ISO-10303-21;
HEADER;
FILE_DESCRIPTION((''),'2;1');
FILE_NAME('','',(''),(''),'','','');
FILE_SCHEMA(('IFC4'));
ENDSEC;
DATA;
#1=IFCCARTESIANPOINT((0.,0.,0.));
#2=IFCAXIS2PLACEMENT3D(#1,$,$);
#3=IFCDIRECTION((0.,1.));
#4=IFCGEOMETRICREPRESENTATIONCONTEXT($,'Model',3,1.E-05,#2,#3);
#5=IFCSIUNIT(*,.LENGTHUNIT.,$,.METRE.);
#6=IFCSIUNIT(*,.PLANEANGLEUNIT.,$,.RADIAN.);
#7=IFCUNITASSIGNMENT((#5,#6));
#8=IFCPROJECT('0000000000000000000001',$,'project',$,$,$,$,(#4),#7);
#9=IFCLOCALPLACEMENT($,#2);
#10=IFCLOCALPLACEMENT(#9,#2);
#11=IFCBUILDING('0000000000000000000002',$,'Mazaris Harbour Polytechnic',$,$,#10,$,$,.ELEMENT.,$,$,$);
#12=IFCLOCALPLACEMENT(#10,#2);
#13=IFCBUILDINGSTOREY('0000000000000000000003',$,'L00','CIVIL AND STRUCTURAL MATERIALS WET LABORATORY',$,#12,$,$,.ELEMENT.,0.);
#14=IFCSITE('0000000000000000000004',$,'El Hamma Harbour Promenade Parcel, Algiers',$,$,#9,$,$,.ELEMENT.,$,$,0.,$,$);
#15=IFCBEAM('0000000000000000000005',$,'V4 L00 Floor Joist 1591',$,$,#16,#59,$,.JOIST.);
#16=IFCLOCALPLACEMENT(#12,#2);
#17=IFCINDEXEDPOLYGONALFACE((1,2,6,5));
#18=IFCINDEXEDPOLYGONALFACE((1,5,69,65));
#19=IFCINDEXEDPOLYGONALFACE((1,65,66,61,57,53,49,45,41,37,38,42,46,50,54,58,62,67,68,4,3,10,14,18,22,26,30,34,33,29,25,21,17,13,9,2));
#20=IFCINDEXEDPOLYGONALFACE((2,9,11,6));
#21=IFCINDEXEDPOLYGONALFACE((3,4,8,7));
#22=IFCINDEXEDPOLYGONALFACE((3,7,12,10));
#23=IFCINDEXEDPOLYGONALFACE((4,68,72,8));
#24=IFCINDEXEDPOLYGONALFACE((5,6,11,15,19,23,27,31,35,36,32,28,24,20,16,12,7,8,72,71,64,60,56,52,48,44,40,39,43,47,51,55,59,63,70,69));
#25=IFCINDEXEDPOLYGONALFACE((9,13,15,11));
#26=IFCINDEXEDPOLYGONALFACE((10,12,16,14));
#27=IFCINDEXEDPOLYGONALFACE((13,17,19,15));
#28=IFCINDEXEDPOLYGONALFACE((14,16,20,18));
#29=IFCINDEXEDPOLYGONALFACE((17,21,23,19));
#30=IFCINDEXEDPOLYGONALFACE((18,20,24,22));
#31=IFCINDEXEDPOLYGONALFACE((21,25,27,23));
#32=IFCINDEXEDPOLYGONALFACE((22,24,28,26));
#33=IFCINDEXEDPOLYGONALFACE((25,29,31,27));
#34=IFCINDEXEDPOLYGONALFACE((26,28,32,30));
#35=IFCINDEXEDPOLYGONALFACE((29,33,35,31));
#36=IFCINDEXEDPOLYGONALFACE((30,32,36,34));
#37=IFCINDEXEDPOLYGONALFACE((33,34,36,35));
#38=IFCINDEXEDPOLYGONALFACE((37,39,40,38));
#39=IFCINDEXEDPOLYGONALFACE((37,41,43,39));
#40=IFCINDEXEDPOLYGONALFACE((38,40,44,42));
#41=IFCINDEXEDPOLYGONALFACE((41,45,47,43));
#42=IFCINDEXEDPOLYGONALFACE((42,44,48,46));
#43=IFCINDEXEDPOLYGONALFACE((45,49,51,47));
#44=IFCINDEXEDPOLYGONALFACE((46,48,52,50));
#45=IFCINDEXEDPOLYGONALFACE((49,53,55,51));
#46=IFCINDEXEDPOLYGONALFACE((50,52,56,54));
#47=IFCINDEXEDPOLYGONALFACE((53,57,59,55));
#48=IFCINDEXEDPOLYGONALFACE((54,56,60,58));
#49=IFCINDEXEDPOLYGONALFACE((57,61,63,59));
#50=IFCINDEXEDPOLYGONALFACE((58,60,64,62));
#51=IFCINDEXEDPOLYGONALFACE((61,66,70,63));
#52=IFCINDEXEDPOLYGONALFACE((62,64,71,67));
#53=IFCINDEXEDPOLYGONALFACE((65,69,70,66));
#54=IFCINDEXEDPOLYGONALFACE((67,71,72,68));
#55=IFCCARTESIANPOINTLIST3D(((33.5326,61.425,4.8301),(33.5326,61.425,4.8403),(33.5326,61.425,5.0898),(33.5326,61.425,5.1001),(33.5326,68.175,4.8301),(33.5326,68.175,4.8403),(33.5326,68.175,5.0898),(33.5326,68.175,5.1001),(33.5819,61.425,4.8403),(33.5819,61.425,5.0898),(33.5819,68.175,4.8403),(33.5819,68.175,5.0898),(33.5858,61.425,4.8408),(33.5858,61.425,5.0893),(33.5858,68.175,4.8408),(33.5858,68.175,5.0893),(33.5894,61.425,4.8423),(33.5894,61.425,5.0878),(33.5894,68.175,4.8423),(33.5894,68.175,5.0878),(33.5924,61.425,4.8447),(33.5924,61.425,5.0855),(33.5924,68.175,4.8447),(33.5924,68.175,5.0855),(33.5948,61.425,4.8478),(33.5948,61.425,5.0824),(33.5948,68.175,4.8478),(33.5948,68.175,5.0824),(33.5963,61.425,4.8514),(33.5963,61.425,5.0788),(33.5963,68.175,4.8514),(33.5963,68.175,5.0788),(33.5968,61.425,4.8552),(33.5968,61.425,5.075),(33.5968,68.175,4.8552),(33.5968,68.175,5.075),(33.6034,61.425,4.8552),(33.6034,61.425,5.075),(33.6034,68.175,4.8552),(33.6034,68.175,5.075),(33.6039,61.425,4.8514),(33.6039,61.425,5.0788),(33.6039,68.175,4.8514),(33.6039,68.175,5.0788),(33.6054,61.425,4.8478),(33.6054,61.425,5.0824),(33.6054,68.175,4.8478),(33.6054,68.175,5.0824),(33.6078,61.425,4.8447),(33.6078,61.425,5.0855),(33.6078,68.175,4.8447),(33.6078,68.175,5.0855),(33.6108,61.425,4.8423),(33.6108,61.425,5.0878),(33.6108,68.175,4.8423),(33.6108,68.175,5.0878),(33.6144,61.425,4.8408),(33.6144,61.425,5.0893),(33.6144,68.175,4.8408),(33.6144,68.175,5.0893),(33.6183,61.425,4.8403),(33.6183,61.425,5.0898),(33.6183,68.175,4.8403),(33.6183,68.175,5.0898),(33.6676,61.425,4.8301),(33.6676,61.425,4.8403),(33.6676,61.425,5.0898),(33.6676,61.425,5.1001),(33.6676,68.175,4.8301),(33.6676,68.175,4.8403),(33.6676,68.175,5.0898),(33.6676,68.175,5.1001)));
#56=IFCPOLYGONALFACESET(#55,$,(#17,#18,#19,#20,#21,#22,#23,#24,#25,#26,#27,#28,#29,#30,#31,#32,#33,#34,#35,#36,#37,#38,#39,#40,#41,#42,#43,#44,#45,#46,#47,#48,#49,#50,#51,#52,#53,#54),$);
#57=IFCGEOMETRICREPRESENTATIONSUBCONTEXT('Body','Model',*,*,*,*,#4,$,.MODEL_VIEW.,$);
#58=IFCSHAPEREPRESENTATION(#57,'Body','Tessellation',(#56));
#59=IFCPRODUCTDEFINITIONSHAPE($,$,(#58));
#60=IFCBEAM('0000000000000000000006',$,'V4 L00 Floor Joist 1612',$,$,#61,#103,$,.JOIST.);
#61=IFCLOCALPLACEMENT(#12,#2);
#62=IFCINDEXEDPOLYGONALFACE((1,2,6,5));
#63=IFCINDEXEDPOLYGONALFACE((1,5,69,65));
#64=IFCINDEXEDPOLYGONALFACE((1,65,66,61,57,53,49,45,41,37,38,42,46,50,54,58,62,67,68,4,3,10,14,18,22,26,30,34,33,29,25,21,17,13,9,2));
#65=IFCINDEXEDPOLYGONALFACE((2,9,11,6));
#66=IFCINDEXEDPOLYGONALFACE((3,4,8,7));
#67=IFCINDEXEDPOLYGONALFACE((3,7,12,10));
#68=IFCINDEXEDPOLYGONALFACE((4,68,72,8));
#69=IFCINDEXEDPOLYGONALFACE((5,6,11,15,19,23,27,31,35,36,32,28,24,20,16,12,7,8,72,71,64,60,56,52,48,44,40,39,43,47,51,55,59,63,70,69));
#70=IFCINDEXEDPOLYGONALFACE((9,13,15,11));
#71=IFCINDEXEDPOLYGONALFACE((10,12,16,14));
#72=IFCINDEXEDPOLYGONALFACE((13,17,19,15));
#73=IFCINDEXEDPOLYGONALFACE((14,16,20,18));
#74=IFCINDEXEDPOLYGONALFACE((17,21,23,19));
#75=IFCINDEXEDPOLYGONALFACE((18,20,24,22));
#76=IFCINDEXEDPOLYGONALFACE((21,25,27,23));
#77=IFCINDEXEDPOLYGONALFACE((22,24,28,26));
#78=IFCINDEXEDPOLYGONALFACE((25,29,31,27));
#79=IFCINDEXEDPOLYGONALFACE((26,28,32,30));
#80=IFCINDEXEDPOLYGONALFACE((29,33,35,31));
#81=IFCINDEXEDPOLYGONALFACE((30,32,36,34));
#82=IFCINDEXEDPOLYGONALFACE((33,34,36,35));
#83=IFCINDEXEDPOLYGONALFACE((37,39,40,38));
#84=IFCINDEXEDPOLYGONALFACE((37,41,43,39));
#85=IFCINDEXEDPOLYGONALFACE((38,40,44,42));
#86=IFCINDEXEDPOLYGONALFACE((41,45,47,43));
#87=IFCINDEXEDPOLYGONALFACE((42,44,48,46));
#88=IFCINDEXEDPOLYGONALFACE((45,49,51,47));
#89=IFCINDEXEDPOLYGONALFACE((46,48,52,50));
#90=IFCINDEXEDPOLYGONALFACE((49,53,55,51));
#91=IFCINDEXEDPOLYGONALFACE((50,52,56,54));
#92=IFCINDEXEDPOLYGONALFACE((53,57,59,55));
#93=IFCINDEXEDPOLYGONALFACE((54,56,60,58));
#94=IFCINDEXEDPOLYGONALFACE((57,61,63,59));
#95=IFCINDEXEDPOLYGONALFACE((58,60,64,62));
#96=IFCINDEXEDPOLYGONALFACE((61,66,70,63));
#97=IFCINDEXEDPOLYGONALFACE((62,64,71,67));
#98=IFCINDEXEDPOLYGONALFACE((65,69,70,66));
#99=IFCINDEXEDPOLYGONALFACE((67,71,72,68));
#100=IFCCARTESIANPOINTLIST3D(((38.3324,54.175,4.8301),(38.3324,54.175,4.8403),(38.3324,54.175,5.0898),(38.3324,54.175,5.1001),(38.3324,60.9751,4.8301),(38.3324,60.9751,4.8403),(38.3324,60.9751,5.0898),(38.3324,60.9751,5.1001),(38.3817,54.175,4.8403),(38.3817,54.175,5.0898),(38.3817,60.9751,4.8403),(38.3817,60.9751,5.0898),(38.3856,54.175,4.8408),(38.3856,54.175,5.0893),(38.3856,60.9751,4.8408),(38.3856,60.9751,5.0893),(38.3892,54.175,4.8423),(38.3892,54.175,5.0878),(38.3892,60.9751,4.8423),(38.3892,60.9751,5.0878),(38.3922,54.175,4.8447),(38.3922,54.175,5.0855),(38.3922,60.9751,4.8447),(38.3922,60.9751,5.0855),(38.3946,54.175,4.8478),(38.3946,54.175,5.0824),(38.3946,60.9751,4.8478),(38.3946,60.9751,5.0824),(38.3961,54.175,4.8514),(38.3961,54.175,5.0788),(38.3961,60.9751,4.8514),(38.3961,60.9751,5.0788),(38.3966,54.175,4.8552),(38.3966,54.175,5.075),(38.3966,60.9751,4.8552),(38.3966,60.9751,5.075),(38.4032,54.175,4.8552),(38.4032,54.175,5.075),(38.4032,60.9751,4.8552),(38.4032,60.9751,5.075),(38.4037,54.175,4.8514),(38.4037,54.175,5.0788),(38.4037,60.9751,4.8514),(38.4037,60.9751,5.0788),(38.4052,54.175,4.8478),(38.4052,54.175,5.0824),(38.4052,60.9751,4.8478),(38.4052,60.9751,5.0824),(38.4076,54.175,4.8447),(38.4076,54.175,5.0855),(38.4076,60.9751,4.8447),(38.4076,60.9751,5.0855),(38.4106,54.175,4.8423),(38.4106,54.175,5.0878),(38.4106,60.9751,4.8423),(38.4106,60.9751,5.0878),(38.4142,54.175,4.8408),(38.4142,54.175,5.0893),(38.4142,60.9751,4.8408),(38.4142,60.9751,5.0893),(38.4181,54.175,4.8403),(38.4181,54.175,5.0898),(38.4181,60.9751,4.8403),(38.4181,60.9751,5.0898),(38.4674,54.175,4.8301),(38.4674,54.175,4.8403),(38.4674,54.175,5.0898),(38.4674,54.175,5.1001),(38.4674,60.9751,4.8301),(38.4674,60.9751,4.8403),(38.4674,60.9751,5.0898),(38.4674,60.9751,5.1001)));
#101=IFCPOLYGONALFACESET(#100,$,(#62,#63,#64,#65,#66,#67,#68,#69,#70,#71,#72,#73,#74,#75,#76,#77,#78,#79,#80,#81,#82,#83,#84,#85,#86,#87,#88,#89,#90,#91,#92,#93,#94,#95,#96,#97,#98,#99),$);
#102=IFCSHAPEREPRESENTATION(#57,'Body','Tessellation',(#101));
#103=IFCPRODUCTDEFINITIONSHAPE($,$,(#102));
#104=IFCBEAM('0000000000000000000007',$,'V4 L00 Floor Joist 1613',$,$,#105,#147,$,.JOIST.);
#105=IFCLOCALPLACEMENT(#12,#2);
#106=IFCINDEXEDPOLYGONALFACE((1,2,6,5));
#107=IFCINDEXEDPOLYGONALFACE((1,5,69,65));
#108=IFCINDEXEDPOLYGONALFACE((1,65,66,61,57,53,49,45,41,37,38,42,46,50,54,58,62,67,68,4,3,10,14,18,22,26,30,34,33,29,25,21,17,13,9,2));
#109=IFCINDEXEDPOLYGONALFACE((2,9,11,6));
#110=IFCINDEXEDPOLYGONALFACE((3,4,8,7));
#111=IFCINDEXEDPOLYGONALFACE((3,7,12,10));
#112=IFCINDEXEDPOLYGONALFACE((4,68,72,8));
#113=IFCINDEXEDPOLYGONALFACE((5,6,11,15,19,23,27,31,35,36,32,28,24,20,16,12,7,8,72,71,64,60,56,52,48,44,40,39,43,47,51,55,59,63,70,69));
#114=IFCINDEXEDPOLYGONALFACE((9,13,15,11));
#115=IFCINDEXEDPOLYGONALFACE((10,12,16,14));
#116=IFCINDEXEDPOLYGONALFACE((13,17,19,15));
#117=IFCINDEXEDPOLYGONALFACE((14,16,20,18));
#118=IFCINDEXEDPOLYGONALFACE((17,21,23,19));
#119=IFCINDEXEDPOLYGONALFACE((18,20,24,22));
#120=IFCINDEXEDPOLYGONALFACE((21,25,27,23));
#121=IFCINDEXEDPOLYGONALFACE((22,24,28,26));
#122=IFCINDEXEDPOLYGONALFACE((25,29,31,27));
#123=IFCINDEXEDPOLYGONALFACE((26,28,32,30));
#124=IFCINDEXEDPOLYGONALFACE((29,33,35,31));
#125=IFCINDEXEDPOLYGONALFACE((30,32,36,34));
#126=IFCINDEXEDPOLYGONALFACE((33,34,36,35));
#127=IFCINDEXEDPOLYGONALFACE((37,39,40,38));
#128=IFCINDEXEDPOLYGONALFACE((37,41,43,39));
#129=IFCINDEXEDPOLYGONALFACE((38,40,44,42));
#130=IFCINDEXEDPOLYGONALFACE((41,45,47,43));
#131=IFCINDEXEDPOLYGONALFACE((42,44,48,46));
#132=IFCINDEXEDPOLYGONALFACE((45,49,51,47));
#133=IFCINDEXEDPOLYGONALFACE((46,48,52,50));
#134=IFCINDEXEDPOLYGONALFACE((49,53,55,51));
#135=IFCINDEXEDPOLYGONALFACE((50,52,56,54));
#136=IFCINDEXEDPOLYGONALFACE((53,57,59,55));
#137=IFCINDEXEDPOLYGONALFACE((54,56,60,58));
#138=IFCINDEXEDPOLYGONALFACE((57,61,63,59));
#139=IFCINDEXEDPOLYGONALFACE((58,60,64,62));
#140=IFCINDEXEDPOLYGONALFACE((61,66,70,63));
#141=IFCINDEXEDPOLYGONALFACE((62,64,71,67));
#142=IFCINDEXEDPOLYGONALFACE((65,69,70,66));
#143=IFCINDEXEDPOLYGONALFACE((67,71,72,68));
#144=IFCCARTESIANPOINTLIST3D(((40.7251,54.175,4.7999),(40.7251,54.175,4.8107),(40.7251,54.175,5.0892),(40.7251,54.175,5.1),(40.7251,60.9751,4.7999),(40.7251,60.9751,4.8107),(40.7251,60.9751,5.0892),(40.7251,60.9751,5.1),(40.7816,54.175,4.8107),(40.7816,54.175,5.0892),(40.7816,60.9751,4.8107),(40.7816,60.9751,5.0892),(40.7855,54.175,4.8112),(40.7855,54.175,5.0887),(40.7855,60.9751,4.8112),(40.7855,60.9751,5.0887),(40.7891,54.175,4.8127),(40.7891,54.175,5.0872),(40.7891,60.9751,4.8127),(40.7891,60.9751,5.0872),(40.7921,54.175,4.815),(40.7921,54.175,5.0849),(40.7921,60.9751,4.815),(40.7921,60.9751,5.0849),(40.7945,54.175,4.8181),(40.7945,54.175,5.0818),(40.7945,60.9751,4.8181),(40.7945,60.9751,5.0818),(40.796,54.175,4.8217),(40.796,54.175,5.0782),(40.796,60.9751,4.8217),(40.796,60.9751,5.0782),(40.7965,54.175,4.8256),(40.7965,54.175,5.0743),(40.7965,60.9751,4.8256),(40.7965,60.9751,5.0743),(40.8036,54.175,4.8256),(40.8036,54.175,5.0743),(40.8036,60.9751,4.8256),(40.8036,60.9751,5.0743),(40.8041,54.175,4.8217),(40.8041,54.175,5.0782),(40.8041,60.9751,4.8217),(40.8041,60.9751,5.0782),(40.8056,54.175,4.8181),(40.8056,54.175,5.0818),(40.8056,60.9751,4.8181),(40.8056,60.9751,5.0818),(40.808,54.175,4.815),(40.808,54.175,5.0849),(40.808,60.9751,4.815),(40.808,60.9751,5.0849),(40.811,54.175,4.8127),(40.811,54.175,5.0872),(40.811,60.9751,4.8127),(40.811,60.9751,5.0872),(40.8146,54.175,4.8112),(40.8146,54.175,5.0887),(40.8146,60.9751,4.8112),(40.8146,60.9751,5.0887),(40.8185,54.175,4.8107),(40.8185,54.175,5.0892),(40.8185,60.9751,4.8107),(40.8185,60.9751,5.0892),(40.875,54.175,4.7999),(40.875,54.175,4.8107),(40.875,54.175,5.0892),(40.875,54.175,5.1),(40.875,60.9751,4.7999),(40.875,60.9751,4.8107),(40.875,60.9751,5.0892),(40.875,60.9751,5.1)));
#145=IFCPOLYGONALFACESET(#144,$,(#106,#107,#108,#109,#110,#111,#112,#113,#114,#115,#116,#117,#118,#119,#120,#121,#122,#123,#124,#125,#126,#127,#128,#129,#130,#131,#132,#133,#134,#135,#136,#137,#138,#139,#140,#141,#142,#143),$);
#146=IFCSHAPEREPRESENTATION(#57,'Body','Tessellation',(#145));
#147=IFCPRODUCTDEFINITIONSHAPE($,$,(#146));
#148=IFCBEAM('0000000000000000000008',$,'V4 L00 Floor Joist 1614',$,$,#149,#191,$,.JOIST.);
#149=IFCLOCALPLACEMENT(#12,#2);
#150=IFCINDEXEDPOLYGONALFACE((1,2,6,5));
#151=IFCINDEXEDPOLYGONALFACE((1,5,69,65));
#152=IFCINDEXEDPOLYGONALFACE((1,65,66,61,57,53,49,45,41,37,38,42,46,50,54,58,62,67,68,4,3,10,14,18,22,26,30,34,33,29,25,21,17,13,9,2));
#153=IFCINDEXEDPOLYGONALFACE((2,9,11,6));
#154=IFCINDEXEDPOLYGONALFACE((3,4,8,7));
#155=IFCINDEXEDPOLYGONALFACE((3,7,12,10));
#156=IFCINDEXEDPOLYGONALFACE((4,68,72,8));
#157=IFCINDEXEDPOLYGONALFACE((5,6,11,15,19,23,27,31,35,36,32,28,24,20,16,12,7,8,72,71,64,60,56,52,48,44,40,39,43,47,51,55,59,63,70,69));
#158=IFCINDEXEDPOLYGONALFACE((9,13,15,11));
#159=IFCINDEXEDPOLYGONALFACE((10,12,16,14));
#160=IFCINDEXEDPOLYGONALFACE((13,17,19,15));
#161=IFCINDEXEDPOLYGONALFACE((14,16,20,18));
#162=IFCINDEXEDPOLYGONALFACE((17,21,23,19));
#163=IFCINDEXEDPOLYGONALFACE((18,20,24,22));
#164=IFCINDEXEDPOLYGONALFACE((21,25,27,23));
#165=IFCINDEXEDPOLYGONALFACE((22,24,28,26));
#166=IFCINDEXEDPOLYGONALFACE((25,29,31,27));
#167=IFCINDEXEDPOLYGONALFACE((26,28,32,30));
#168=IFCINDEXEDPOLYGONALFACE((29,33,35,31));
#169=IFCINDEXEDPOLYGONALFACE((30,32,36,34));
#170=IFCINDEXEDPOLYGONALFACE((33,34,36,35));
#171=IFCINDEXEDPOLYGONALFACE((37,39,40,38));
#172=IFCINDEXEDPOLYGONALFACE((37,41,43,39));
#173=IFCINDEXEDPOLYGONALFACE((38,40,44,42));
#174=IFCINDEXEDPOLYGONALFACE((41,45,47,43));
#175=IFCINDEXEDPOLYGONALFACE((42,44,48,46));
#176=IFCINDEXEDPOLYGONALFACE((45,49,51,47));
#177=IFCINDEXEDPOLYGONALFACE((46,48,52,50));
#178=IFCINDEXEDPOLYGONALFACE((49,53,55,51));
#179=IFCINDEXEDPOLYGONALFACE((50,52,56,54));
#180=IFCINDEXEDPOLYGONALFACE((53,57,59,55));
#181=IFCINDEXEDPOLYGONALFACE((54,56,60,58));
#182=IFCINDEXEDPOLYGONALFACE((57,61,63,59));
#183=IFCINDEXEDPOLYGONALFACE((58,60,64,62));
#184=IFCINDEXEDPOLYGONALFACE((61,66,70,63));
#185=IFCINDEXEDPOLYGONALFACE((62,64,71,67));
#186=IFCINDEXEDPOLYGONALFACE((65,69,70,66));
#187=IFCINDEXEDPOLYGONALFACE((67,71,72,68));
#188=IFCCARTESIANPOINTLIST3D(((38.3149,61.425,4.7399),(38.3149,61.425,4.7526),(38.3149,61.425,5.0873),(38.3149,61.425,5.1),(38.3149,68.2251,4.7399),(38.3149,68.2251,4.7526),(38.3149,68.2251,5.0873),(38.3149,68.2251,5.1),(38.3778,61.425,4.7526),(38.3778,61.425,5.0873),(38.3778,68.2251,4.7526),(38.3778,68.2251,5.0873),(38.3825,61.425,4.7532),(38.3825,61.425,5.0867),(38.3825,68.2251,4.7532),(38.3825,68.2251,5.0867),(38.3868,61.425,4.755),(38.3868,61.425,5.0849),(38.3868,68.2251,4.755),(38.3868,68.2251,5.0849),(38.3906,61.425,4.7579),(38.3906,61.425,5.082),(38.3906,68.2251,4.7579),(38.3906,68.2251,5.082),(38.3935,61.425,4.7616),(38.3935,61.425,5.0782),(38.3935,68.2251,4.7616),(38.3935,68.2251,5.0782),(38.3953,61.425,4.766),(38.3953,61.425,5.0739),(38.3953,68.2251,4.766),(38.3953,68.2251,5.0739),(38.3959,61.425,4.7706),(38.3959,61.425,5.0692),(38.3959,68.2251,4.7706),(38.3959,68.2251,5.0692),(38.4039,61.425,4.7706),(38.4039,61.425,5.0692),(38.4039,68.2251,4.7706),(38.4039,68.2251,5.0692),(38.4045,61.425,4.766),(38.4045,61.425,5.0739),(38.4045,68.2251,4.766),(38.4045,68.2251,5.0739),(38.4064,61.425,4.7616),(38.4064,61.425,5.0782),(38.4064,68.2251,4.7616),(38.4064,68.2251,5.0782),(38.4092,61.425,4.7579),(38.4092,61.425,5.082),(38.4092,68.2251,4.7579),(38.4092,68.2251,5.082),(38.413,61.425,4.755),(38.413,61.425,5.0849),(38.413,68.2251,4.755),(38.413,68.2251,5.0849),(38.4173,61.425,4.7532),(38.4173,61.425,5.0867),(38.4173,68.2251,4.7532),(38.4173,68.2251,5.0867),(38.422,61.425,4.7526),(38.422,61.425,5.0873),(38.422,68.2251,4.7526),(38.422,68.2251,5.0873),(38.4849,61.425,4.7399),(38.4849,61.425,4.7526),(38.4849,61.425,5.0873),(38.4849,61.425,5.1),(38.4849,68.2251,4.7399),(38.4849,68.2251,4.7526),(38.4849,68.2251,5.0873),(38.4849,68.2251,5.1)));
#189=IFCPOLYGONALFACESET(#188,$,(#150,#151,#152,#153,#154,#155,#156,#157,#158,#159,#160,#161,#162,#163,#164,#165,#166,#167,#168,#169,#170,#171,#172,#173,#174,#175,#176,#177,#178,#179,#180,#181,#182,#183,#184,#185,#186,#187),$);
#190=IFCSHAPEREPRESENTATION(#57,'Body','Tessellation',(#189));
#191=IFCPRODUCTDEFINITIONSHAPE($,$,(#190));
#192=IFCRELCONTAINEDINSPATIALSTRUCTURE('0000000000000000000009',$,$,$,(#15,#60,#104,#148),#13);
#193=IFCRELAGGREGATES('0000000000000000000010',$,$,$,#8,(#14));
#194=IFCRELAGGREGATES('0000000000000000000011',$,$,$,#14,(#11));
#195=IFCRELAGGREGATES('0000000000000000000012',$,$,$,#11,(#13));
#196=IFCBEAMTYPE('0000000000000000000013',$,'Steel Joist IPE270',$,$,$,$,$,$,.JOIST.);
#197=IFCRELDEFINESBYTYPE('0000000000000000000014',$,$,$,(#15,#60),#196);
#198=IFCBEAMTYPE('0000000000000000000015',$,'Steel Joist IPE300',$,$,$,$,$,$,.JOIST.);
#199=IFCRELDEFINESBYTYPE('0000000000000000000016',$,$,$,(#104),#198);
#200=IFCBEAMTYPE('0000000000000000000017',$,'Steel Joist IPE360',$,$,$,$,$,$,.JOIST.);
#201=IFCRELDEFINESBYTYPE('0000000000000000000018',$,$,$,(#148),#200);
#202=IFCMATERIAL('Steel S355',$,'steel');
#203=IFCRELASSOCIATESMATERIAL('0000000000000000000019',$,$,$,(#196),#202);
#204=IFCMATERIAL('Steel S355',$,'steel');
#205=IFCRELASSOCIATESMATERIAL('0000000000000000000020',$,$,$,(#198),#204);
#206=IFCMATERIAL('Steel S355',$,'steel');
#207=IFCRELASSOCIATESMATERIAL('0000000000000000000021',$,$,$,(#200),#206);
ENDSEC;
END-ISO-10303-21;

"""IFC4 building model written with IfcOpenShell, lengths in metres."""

from ifc_helpers import new_model, si_unit, direction, frame, origin, origin_2d, place, context, subcontext, project, spatial, i_section, extrude, material, material_profile, profile_set, type_object, element, save


model = new_model("IFC4")

# Units and contexts
model_context = context("Model", 3, precision=1e-05, world=origin(), true_north=direction((0.0, 1.0)))
body_context = subcontext(model_context, "Body", "Model", "MODEL_VIEW")
ifc_project = project(units=[si_unit("LENGTHUNIT", "METRE"), si_unit("PLANEANGLEUNIT", "RADIAN")], contexts=[model_context])

# Site, building, storey
site_placement = place(None, origin())
site = spatial("IfcSite", under=ifc_project, at=site_placement, Name="El Hamma Harbour Promenade Parcel, Algiers", CompositionType="ELEMENT", RefElevation=0.0)
building_placement = place(site_placement, origin())
building = spatial("IfcBuilding", under=site, at=building_placement, Name="Mazaris Harbour Polytechnic", CompositionType="ELEMENT")
storey_placement = place(building_placement, origin())
storey = spatial("IfcBuildingStorey", under=building, at=storey_placement, Name="L00", Description="CIVIL AND STRUCTURAL MATERIALS WET LABORATORY", CompositionType="ELEMENT", Elevation=0.0)

# Beams
ifc_material_1 = material(Name="Steel S355", Category="steel")
ifc_material_profile_1 = material_profile(ifc_material_1, i_section(OverallWidth=0.135, OverallDepth=0.27, WebThickness=0.0066, FlangeThickness=0.0103, FilletRadius=0.0149, at=origin_2d()), Name="IPE 270")
ifc_profile_set_1 = profile_set([ifc_material_profile_1], Name="Steel S355")
beam_type_1 = type_object("IfcBeamType", Name="Steel Joist IPE270", PredefinedType="JOIST", material=ifc_profile_set_1)
beam_1_placement = place(storey_placement, frame((33.6001, 61.425, 4.9651), z_axis=(0.0, 1.0, 0.0), x_axis=(-1.0, 0.0, 0.0)))
element("IfcBeam", 1, at=beam_1_placement, inside=storey, type_object=beam_type_1, Name="V4 L00 Floor Joist 1591", PredefinedType="JOIST", context=body_context, shape_type="SweptSolid", body=[
    extrude(i_section(OverallWidth=0.135, OverallDepth=0.27, WebThickness=0.0066, FlangeThickness=0.0103, FilletRadius=0.0149, at=origin_2d()), origin(), (0.0, 0.0, 1.0), 6.75),
])
beam_2_placement = place(storey_placement, frame((38.3999, 54.175, 4.9651), z_axis=(0.0, 1.0, 0.0), x_axis=(-1.0, 0.0, 0.0)))
element("IfcBeam", 2, at=beam_2_placement, inside=storey, type_object=beam_type_1, Name="V4 L00 Floor Joist 1612", PredefinedType="JOIST", context=body_context, shape_type="SweptSolid", body=[
    extrude(i_section(OverallWidth=0.135, OverallDepth=0.27, WebThickness=0.0066, FlangeThickness=0.0103, FilletRadius=0.0149, at=origin_2d()), origin(), (0.0, 0.0, 1.0), 6.8),
])
ifc_material_2 = material(Name="Steel S355", Category="steel")
ifc_material_profile_2 = material_profile(ifc_material_2, i_section(OverallWidth=0.1499, OverallDepth=0.3, WebThickness=0.0071, FlangeThickness=0.0107, FilletRadius=0.0149, at=origin_2d()), Name="IPE 300")
ifc_profile_set_2 = profile_set([ifc_material_profile_2], Name="Steel S355")
beam_type_2 = type_object("IfcBeamType", Name="Steel Joist IPE300", PredefinedType="JOIST", material=ifc_profile_set_2)
beam_3_placement = place(storey_placement, frame((40.8, 54.175, 4.95), z_axis=(0.0, 1.0, 0.0), x_axis=(-1.0, 0.0, 0.0)))
element("IfcBeam", 3, at=beam_3_placement, inside=storey, type_object=beam_type_2, Name="V4 L00 Floor Joist 1613", PredefinedType="JOIST", context=body_context, shape_type="SweptSolid", body=[
    extrude(i_section(OverallWidth=0.1499, OverallDepth=0.3, WebThickness=0.0071, FlangeThickness=0.0107, FilletRadius=0.0149, at=origin_2d()), origin(), (0.0, 0.0, 1.0), 6.8),
])
ifc_material_3 = material(Name="Steel S355", Category="steel")
ifc_material_profile_3 = material_profile(ifc_material_3, i_section(OverallWidth=0.1699, OverallDepth=0.3601, WebThickness=0.0081, FlangeThickness=0.0127, FilletRadius=0.0181, at=origin_2d()), Name="IPE 360")
ifc_profile_set_3 = profile_set([ifc_material_profile_3], Name="Steel S355")
beam_type_3 = type_object("IfcBeamType", Name="Steel Joist IPE360", PredefinedType="JOIST", material=ifc_profile_set_3)
beam_4_placement = place(storey_placement, frame((38.3999, 61.425, 4.9199), z_axis=(0.0, 1.0, 0.0), x_axis=(-1.0, 0.0, 0.0)))
element("IfcBeam", 4, at=beam_4_placement, inside=storey, type_object=beam_type_3, Name="V4 L00 Floor Joist 1614", PredefinedType="JOIST", context=body_context, shape_type="SweptSolid", body=[
    extrude(i_section(OverallWidth=0.1699, OverallDepth=0.3601, WebThickness=0.0081, FlangeThickness=0.0127, FilletRadius=0.0181, at=origin_2d()), origin(), (0.0, 0.0, 1.0), 6.8),
])

save(model, "model.ifc")
